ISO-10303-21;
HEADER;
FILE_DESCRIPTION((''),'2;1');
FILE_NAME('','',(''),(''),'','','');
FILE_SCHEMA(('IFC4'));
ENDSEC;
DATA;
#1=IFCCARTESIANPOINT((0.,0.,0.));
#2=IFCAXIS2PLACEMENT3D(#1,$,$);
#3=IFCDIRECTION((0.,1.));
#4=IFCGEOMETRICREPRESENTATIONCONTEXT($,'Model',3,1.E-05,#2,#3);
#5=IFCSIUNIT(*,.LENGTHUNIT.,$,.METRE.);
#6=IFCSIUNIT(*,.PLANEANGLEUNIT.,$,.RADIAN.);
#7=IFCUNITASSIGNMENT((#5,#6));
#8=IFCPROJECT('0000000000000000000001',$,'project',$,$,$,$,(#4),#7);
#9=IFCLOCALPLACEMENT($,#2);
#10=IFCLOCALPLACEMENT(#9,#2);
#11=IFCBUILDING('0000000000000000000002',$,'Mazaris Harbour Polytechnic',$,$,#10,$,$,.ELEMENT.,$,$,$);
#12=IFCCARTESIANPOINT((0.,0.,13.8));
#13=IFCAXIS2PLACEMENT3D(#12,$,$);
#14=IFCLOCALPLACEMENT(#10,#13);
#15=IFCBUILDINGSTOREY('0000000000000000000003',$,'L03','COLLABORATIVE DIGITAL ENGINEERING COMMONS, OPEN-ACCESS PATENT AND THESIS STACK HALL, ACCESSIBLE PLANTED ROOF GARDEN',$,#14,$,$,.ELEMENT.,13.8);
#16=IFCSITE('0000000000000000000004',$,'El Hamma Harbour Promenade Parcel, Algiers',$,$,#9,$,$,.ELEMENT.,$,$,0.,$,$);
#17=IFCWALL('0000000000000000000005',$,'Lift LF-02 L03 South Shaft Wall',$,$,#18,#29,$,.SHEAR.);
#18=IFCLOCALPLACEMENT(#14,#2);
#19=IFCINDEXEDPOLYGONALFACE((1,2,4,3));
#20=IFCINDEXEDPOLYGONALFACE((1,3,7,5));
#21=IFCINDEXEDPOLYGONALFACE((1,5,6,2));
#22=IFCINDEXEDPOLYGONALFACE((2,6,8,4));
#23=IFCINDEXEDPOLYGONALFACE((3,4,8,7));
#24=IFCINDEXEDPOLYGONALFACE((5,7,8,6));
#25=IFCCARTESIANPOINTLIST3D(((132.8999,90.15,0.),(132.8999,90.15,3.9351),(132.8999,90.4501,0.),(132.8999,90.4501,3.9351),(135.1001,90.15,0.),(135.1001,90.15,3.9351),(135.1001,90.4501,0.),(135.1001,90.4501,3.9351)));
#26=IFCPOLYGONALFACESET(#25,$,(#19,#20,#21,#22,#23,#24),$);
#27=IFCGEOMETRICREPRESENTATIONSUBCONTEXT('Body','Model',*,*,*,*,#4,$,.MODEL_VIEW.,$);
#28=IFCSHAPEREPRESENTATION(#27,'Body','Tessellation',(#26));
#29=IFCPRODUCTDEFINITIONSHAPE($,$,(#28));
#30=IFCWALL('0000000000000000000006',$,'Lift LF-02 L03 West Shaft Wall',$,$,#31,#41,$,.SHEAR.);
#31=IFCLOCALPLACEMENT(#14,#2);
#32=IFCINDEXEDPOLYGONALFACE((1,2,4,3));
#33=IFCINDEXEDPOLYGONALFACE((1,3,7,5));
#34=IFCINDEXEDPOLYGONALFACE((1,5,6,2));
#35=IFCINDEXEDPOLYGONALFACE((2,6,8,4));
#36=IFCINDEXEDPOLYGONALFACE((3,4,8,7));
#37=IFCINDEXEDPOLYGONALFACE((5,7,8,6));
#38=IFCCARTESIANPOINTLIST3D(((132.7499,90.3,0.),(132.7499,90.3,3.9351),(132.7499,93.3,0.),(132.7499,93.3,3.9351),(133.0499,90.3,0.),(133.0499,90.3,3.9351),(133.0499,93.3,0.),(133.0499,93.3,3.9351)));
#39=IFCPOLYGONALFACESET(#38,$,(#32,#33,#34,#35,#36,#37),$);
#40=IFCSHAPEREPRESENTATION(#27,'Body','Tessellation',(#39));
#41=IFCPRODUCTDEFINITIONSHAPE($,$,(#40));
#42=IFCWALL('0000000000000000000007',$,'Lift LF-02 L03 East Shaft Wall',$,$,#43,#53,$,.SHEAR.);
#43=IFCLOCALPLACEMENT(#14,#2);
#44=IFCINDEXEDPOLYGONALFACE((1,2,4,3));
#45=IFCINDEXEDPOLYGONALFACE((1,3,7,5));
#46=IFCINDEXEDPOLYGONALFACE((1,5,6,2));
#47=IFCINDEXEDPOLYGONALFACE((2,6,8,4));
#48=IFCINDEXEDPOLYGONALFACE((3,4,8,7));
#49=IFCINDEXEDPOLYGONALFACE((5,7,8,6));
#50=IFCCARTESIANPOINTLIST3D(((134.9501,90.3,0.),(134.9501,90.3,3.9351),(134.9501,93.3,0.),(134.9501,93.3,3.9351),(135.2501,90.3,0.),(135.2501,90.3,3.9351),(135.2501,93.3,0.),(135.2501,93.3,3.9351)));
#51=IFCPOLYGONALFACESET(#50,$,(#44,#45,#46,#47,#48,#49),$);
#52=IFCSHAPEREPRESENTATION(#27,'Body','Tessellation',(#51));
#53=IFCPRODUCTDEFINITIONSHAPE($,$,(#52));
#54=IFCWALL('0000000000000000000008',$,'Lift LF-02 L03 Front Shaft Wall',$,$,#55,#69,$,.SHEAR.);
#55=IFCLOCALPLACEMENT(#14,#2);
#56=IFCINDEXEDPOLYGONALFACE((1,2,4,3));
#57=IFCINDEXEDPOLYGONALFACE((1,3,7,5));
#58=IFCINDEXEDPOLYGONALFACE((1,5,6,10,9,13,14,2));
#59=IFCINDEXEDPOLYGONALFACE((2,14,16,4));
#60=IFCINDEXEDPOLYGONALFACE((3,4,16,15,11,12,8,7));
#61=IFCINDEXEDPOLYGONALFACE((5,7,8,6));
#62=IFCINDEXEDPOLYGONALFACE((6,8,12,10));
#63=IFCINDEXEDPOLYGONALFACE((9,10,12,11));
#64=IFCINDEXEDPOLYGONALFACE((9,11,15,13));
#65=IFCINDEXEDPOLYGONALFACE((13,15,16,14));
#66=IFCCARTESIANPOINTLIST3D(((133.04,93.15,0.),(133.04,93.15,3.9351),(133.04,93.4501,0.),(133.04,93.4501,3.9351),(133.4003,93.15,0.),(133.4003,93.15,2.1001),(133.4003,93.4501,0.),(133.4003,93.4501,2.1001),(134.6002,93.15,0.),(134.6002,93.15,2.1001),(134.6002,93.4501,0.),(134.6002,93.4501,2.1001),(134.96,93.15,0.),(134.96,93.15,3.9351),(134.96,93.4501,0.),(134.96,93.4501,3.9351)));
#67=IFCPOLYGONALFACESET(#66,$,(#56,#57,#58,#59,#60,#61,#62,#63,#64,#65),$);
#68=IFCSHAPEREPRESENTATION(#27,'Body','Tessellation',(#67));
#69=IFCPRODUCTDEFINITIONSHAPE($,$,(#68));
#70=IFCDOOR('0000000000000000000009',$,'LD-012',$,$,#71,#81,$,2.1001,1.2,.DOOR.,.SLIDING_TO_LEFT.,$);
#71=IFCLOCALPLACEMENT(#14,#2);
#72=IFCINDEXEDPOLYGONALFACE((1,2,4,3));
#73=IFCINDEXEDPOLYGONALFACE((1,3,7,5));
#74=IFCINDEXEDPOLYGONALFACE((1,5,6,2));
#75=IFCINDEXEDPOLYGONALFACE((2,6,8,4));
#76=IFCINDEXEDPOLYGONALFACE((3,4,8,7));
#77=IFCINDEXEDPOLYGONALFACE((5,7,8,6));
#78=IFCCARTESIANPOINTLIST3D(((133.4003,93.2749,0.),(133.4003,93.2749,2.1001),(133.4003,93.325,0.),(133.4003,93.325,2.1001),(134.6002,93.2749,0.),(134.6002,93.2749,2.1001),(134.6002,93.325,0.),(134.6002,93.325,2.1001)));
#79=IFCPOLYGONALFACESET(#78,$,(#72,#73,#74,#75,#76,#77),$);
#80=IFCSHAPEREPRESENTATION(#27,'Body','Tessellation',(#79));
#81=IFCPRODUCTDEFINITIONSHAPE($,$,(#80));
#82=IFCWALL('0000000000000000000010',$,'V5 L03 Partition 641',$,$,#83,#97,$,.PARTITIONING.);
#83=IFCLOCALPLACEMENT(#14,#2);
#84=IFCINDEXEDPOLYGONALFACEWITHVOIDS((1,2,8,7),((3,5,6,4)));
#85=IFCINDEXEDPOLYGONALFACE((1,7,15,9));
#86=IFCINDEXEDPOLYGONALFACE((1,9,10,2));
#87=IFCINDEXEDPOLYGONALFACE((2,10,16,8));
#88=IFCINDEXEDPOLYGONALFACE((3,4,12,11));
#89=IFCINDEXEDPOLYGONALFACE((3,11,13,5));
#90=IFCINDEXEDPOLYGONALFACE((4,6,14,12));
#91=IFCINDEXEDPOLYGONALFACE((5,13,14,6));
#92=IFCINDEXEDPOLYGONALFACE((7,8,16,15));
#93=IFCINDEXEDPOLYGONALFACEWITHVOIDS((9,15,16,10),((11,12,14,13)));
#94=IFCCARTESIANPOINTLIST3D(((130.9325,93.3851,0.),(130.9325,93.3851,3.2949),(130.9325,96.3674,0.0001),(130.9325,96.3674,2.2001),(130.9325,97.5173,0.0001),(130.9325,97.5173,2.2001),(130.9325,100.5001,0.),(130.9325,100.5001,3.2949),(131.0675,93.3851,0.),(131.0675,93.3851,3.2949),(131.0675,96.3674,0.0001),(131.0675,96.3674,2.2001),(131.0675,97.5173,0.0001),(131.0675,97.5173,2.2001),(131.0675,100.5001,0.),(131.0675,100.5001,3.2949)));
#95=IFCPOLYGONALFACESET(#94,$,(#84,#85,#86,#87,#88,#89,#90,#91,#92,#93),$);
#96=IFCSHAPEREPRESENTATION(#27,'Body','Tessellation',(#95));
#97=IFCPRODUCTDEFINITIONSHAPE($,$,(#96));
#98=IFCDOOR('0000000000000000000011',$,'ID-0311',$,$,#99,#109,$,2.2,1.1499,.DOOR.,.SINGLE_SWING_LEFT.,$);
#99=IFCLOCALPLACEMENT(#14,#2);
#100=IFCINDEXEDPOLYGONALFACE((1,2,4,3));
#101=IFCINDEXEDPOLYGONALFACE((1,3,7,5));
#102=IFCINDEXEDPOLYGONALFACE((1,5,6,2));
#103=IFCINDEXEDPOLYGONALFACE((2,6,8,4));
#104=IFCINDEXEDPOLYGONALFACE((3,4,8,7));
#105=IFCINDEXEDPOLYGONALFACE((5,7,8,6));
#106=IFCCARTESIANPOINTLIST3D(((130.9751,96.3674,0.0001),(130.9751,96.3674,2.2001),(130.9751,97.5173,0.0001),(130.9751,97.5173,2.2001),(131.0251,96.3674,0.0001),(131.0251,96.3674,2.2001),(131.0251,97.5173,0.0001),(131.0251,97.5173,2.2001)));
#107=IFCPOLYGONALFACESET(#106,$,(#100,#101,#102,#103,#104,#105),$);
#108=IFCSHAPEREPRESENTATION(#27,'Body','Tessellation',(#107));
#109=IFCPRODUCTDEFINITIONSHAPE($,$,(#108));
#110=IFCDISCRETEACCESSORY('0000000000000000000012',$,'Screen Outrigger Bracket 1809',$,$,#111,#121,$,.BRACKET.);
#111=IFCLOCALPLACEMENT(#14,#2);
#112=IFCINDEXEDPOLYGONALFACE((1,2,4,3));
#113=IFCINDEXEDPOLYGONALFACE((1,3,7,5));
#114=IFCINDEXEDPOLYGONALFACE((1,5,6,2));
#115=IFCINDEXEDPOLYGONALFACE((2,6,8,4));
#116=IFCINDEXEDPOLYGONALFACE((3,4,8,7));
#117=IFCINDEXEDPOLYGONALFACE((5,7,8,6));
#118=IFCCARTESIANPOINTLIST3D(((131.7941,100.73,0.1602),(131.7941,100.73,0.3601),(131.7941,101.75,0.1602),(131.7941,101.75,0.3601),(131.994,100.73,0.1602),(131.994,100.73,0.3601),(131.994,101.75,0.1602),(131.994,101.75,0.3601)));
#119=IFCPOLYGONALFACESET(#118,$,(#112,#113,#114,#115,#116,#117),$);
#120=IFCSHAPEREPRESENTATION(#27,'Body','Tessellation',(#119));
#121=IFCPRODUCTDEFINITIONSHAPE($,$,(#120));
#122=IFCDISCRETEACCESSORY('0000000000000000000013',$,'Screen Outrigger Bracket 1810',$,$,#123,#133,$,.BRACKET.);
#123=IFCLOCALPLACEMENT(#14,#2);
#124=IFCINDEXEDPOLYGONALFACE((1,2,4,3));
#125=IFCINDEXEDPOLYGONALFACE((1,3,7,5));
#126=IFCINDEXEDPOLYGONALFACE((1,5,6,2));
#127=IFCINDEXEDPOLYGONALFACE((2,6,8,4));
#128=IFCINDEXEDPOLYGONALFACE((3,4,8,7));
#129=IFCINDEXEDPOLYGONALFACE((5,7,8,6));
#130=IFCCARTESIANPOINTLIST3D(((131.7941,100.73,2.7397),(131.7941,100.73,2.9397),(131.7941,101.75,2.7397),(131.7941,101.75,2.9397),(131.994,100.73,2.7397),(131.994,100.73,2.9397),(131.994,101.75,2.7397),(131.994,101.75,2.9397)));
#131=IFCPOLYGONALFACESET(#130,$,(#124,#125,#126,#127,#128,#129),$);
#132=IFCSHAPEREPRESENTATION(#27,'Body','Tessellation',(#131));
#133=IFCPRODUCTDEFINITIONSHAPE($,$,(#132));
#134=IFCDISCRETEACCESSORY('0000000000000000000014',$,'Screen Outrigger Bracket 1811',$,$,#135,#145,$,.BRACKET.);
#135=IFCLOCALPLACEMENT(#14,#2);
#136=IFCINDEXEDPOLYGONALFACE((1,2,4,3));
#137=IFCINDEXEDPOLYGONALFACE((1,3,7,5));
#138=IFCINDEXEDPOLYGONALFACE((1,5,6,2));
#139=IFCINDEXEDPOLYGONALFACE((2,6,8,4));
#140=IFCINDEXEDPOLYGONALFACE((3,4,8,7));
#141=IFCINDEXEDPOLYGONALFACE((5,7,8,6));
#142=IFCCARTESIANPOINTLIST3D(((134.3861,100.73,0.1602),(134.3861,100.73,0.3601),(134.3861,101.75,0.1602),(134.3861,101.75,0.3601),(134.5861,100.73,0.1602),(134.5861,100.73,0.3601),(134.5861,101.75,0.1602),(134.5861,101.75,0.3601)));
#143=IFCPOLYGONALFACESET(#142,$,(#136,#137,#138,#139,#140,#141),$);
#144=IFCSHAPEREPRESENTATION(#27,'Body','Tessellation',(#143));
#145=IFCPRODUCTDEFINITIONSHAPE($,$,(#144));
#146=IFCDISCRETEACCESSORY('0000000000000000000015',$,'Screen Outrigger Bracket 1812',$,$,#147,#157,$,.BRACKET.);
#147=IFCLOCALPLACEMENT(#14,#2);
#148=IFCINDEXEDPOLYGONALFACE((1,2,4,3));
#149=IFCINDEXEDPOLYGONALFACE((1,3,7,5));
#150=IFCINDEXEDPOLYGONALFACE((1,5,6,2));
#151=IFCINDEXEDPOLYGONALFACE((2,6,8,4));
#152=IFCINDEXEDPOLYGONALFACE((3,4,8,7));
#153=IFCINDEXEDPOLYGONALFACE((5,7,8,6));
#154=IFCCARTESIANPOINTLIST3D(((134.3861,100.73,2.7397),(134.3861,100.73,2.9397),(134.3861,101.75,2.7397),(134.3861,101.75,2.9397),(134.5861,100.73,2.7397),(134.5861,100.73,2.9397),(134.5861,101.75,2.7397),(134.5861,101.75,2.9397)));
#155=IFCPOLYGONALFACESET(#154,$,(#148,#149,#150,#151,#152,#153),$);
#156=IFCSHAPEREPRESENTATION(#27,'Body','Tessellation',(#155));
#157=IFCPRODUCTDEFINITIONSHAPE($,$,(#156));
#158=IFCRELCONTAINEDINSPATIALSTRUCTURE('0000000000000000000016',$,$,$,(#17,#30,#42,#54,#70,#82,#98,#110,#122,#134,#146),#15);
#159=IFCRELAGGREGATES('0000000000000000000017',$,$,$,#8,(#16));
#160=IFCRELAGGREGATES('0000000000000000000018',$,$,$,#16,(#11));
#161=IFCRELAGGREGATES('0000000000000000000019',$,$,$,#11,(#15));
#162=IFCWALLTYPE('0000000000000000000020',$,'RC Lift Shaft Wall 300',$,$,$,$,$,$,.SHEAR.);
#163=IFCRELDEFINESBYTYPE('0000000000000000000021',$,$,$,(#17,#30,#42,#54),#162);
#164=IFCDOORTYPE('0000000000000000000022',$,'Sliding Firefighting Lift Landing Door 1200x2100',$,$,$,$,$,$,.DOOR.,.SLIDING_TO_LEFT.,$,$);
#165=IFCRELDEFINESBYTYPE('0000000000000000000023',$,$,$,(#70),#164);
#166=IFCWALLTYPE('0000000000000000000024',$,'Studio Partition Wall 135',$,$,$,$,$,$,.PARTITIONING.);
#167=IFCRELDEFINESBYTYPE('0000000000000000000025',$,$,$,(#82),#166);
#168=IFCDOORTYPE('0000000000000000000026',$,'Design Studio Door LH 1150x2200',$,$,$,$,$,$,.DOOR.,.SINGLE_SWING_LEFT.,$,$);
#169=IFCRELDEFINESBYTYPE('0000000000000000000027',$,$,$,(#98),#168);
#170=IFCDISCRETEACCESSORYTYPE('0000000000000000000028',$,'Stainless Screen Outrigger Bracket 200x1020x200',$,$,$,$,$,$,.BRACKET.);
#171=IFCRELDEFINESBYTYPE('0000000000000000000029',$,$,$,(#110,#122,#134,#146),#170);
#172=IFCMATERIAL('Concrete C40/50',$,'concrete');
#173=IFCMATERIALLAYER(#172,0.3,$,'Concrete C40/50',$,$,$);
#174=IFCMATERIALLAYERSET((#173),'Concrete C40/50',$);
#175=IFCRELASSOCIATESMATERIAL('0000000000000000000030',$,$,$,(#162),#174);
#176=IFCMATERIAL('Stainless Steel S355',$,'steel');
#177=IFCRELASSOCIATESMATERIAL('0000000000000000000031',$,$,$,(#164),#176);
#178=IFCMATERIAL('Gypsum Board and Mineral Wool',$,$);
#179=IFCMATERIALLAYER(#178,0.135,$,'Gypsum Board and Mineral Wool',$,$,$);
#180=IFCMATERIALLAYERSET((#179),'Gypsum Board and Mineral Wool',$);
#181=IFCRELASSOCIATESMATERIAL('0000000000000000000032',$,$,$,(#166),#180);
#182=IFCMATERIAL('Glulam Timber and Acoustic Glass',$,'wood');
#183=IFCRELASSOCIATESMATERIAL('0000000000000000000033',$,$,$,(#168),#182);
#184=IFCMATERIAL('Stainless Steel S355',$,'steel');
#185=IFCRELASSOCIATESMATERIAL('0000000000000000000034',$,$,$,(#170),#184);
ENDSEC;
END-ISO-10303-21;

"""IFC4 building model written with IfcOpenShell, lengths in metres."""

from ifc_helpers import new_model, si_unit, direction, frame, frame_2d, origin, origin_2d, place, context, subcontext, project, spatial, rectangle, extrude, material, layer, layer_set, type_object, element, fill, save


model = new_model("IFC4")

# Units and contexts
model_context = context("Model", 3, precision=1e-05, world=origin(), true_north=direction((0.0, 1.0)))
body_context = subcontext(model_context, "Body", "Model", "MODEL_VIEW")
ifc_project = project(units=[si_unit("LENGTHUNIT", "METRE"), si_unit("PLANEANGLEUNIT", "RADIAN")], contexts=[model_context])

# Site, building, storey
site_placement = place(None, origin())
site = spatial("IfcSite", under=ifc_project, at=site_placement, Name="El Hamma Harbour Promenade Parcel, Algiers", CompositionType="ELEMENT", RefElevation=0.0)
building_placement = place(site_placement, origin())
building = spatial("IfcBuilding", under=site, at=building_placement, Name="Mazaris Harbour Polytechnic", CompositionType="ELEMENT")
storey_placement = place(building_placement, frame((0.0, 0.0, 13.8)))
storey = spatial("IfcBuildingStorey", under=building, at=storey_placement, Name="L03", Description="COLLABORATIVE DIGITAL ENGINEERING COMMONS, OPEN-ACCESS PATENT AND THESIS STACK HALL, ACCESSIBLE PLANTED ROOF GARDEN", CompositionType="ELEMENT", Elevation=13.8)

# Walls
ifc_material_1 = material(Name="Concrete C40/50", Category="concrete")
ifc_layer_1 = layer(ifc_material_1, 0.3, Name="Concrete C40/50")
ifc_layer_set_1 = layer_set([ifc_layer_1], Name="Concrete C40/50")
wall_type_1 = type_object("IfcWallType", Name="RC Lift Shaft Wall 300", PredefinedType="SHEAR", material=ifc_layer_set_1)
wall_1_placement = place(storey_placement, frame((132.8999, 90.3, 0.0), z_axis=(0.0, 0.0, 1.0), x_axis=(1.0, 0.0, 0.0)))
element("IfcWall", 1, at=wall_1_placement, inside=storey, type_object=wall_type_1, Name="Lift LF-02 L03 South Shaft Wall", PredefinedType="SHEAR", context=body_context, shape_type="SweptSolid", body=[
    extrude(rectangle(XDim=2.2002, YDim=0.3, at=frame_2d((1.1001, 0.0))), origin(), (0.0, 0.0, 1.0), 3.9351),
])
for number, where, z_axis, x_axis, name in (
    (2, (132.8999, 93.3, 0.0), (0.0, 0.0, 1.0), (0.0, -1.0, 0.0), "Lift LF-02 L03 West Shaft Wall"),
    (3, (135.1001, 90.3, 0.0), (0.0, 0.0, 1.0), (0.0, 1.0, 0.0), "Lift LF-02 L03 East Shaft Wall"),
):
    element("IfcWall", number, at=place(storey_placement, frame(where, z_axis=z_axis, x_axis=x_axis)), inside=storey, type_object=wall_type_1, Name=name, PredefinedType="SHEAR", context=body_context, shape_type="SweptSolid", body=[
        extrude(rectangle(XDim=3.0, YDim=0.3, at=frame_2d((1.5, 0.0))), origin(), (0.0, 0.0, 1.0), 3.9351),
    ])

# Walls, openings, doors
wall_2_placement = place(storey_placement, frame((133.04, 93.3, 0.0), z_axis=(0.0, 0.0, 1.0), x_axis=(1.0, 0.0, 0.0)))
wall_2 = element("IfcWall", 4, at=wall_2_placement, inside=storey, type_object=wall_type_1, Name="Lift LF-02 L03 Front Shaft Wall", PredefinedType="SHEAR", context=body_context, shape_type="SweptSolid", body=[
    extrude(rectangle(XDim=1.9199, YDim=0.3, at=frame_2d((0.96, 0.0))), origin(), (0.0, 0.0, 1.0), 3.9351),
])
opening_1_placement = place(wall_2_placement, frame((0.3601, 0.0, 0.0)))
opening_1 = element("IfcOpeningElement", 5, at=opening_1_placement, cuts=wall_2, PredefinedType="OPENING", context=body_context, shape_type="SweptSolid", body=[
    extrude(rectangle(XDim=1.2, YDim=2.1001, at=frame_2d((0.6001, 1.05))), frame((0.0, 0.1599, 0.0), z_axis=(0.0, -1.0, 0.0), x_axis=(1.0, 0.0, 0.0)), (0.0, 0.0, 1.0), 0.3201),
])
ifc_material_2 = material(Name="Stainless Steel S355", Category="steel")
door_type_1 = type_object("IfcDoorType", Name="Sliding Firefighting Lift Landing Door 1200x2100", OperationType="SLIDING_TO_LEFT", PredefinedType="DOOR", material=ifc_material_2)
door_1_placement = place(opening_1_placement, origin())
door_1 = element("IfcDoor", 6, at=door_1_placement, inside=storey, type_object=door_type_1, Name="LD-012", OperationType="SLIDING_TO_LEFT", OverallHeight=2.1001, OverallWidth=1.2, PredefinedType="DOOR", context=body_context, shape_type="SweptSolid", body=[
    extrude(rectangle(XDim=1.2, YDim=2.1001, at=frame_2d((0.6001, 1.05))), frame((0.0, 0.0249, 0.0), z_axis=(0.0, -1.0, 0.0), x_axis=(1.0, 0.0, 0.0)), (0.0, 0.0, 1.0), 0.05),
])
fill(opening_1, door_1)
ifc_material_3 = material(Name="Gypsum Board and Mineral Wool")
ifc_layer_2 = layer(ifc_material_3, 0.135, Name="Gypsum Board and Mineral Wool")
ifc_layer_set_2 = layer_set([ifc_layer_2], Name="Gypsum Board and Mineral Wool")
wall_type_2 = type_object("IfcWallType", Name="Studio Partition Wall 135", PredefinedType="PARTITIONING", material=ifc_layer_set_2)
wall_3_placement = place(storey_placement, frame((131.0, 93.385, 0.0), z_axis=(0.0, 0.0, 1.0), x_axis=(0.0, 1.0, 0.0)))
wall_3 = element("IfcWall", 7, at=wall_3_placement, inside=storey, type_object=wall_type_2, Name="V5 L03 Partition 641", PredefinedType="PARTITIONING", context=body_context, shape_type="SweptSolid", body=[
    extrude(rectangle(XDim=7.115, YDim=0.135, at=frame_2d((3.5576, 0.0))), origin(), (0.0, 0.0, 1.0), 3.2949),
])
opening_2_placement = place(wall_3_placement, frame((2.9824, 0.0, 0.0)))
opening_2 = element("IfcOpeningElement", 8, at=opening_2_placement, cuts=wall_3, PredefinedType="OPENING", context=body_context, shape_type="SweptSolid", body=[
    extrude(rectangle(XDim=1.1499, YDim=2.2, at=frame_2d((0.575, 1.1001))), frame((0.0, 0.0774, 0.0), z_axis=(0.0, -1.0, 0.0), x_axis=(1.0, 0.0, 0.0)), (0.0, 0.0, 1.0), 0.155),
])
ifc_material_4 = material(Name="Glulam Timber and Acoustic Glass", Category="wood")
door_type_2 = type_object("IfcDoorType", Name="Design Studio Door LH 1150x2200", OperationType="SINGLE_SWING_LEFT", PredefinedType="DOOR", material=ifc_material_4)
door_2_placement = place(opening_2_placement, origin())
door_2 = element("IfcDoor", 9, at=door_2_placement, inside=storey, type_object=door_type_2, Name="ID-0311", OperationType="SINGLE_SWING_LEFT", OverallHeight=2.2, OverallWidth=1.1499, PredefinedType="DOOR", context=body_context, shape_type="SweptSolid", body=[
    extrude(rectangle(XDim=1.1499, YDim=2.2, at=frame_2d((0.575, 1.1001))), frame((0.0, 0.0249, 0.0), z_axis=(0.0, -1.0, 0.0), x_axis=(1.0, 0.0, 0.0)), (0.0, 0.0, 1.0), 0.05),
])
fill(opening_2, door_2)

# Discrete accessories
ifc_material_5 = material(Name="Stainless Steel S355", Category="steel")
discrete_accessory_type = type_object("IfcDiscreteAccessoryType", Name="Stainless Screen Outrigger Bracket 200x1020x200", PredefinedType="BRACKET", material=ifc_material_5)
for number, where, z_axis, x_axis, name in (
    (10, (131.894, 101.24, 0.1602), (0.0, 0.0, 1.0), (1.0, 0.0, 0.0), "Screen Outrigger Bracket 1809"),
    (11, (131.894, 101.24, 2.7397), (0.0, 0.0, 1.0), (1.0, 0.0, 0.0), "Screen Outrigger Bracket 1810"),
    (12, (134.4861, 101.24, 0.1602), (0.0, 0.0, 1.0), (1.0, 0.0, 0.0), "Screen Outrigger Bracket 1811"),
    (13, (134.4861, 101.24, 2.7397), (0.0, 0.0, 1.0), (1.0, 0.0, 0.0), "Screen Outrigger Bracket 1812"),
):
    element("IfcDiscreteAccessory", number, at=place(storey_placement, frame(where, z_axis=z_axis, x_axis=x_axis)), inside=storey, type_object=discrete_accessory_type, Name=name, PredefinedType="BRACKET", context=body_context, shape_type="SweptSolid", body=[
        extrude(rectangle(XDim=0.2, YDim=1.02, at=origin_2d()), origin(), (0.0, 0.0, 1.0), 0.2),
    ])

save(model, "model.ifc")
